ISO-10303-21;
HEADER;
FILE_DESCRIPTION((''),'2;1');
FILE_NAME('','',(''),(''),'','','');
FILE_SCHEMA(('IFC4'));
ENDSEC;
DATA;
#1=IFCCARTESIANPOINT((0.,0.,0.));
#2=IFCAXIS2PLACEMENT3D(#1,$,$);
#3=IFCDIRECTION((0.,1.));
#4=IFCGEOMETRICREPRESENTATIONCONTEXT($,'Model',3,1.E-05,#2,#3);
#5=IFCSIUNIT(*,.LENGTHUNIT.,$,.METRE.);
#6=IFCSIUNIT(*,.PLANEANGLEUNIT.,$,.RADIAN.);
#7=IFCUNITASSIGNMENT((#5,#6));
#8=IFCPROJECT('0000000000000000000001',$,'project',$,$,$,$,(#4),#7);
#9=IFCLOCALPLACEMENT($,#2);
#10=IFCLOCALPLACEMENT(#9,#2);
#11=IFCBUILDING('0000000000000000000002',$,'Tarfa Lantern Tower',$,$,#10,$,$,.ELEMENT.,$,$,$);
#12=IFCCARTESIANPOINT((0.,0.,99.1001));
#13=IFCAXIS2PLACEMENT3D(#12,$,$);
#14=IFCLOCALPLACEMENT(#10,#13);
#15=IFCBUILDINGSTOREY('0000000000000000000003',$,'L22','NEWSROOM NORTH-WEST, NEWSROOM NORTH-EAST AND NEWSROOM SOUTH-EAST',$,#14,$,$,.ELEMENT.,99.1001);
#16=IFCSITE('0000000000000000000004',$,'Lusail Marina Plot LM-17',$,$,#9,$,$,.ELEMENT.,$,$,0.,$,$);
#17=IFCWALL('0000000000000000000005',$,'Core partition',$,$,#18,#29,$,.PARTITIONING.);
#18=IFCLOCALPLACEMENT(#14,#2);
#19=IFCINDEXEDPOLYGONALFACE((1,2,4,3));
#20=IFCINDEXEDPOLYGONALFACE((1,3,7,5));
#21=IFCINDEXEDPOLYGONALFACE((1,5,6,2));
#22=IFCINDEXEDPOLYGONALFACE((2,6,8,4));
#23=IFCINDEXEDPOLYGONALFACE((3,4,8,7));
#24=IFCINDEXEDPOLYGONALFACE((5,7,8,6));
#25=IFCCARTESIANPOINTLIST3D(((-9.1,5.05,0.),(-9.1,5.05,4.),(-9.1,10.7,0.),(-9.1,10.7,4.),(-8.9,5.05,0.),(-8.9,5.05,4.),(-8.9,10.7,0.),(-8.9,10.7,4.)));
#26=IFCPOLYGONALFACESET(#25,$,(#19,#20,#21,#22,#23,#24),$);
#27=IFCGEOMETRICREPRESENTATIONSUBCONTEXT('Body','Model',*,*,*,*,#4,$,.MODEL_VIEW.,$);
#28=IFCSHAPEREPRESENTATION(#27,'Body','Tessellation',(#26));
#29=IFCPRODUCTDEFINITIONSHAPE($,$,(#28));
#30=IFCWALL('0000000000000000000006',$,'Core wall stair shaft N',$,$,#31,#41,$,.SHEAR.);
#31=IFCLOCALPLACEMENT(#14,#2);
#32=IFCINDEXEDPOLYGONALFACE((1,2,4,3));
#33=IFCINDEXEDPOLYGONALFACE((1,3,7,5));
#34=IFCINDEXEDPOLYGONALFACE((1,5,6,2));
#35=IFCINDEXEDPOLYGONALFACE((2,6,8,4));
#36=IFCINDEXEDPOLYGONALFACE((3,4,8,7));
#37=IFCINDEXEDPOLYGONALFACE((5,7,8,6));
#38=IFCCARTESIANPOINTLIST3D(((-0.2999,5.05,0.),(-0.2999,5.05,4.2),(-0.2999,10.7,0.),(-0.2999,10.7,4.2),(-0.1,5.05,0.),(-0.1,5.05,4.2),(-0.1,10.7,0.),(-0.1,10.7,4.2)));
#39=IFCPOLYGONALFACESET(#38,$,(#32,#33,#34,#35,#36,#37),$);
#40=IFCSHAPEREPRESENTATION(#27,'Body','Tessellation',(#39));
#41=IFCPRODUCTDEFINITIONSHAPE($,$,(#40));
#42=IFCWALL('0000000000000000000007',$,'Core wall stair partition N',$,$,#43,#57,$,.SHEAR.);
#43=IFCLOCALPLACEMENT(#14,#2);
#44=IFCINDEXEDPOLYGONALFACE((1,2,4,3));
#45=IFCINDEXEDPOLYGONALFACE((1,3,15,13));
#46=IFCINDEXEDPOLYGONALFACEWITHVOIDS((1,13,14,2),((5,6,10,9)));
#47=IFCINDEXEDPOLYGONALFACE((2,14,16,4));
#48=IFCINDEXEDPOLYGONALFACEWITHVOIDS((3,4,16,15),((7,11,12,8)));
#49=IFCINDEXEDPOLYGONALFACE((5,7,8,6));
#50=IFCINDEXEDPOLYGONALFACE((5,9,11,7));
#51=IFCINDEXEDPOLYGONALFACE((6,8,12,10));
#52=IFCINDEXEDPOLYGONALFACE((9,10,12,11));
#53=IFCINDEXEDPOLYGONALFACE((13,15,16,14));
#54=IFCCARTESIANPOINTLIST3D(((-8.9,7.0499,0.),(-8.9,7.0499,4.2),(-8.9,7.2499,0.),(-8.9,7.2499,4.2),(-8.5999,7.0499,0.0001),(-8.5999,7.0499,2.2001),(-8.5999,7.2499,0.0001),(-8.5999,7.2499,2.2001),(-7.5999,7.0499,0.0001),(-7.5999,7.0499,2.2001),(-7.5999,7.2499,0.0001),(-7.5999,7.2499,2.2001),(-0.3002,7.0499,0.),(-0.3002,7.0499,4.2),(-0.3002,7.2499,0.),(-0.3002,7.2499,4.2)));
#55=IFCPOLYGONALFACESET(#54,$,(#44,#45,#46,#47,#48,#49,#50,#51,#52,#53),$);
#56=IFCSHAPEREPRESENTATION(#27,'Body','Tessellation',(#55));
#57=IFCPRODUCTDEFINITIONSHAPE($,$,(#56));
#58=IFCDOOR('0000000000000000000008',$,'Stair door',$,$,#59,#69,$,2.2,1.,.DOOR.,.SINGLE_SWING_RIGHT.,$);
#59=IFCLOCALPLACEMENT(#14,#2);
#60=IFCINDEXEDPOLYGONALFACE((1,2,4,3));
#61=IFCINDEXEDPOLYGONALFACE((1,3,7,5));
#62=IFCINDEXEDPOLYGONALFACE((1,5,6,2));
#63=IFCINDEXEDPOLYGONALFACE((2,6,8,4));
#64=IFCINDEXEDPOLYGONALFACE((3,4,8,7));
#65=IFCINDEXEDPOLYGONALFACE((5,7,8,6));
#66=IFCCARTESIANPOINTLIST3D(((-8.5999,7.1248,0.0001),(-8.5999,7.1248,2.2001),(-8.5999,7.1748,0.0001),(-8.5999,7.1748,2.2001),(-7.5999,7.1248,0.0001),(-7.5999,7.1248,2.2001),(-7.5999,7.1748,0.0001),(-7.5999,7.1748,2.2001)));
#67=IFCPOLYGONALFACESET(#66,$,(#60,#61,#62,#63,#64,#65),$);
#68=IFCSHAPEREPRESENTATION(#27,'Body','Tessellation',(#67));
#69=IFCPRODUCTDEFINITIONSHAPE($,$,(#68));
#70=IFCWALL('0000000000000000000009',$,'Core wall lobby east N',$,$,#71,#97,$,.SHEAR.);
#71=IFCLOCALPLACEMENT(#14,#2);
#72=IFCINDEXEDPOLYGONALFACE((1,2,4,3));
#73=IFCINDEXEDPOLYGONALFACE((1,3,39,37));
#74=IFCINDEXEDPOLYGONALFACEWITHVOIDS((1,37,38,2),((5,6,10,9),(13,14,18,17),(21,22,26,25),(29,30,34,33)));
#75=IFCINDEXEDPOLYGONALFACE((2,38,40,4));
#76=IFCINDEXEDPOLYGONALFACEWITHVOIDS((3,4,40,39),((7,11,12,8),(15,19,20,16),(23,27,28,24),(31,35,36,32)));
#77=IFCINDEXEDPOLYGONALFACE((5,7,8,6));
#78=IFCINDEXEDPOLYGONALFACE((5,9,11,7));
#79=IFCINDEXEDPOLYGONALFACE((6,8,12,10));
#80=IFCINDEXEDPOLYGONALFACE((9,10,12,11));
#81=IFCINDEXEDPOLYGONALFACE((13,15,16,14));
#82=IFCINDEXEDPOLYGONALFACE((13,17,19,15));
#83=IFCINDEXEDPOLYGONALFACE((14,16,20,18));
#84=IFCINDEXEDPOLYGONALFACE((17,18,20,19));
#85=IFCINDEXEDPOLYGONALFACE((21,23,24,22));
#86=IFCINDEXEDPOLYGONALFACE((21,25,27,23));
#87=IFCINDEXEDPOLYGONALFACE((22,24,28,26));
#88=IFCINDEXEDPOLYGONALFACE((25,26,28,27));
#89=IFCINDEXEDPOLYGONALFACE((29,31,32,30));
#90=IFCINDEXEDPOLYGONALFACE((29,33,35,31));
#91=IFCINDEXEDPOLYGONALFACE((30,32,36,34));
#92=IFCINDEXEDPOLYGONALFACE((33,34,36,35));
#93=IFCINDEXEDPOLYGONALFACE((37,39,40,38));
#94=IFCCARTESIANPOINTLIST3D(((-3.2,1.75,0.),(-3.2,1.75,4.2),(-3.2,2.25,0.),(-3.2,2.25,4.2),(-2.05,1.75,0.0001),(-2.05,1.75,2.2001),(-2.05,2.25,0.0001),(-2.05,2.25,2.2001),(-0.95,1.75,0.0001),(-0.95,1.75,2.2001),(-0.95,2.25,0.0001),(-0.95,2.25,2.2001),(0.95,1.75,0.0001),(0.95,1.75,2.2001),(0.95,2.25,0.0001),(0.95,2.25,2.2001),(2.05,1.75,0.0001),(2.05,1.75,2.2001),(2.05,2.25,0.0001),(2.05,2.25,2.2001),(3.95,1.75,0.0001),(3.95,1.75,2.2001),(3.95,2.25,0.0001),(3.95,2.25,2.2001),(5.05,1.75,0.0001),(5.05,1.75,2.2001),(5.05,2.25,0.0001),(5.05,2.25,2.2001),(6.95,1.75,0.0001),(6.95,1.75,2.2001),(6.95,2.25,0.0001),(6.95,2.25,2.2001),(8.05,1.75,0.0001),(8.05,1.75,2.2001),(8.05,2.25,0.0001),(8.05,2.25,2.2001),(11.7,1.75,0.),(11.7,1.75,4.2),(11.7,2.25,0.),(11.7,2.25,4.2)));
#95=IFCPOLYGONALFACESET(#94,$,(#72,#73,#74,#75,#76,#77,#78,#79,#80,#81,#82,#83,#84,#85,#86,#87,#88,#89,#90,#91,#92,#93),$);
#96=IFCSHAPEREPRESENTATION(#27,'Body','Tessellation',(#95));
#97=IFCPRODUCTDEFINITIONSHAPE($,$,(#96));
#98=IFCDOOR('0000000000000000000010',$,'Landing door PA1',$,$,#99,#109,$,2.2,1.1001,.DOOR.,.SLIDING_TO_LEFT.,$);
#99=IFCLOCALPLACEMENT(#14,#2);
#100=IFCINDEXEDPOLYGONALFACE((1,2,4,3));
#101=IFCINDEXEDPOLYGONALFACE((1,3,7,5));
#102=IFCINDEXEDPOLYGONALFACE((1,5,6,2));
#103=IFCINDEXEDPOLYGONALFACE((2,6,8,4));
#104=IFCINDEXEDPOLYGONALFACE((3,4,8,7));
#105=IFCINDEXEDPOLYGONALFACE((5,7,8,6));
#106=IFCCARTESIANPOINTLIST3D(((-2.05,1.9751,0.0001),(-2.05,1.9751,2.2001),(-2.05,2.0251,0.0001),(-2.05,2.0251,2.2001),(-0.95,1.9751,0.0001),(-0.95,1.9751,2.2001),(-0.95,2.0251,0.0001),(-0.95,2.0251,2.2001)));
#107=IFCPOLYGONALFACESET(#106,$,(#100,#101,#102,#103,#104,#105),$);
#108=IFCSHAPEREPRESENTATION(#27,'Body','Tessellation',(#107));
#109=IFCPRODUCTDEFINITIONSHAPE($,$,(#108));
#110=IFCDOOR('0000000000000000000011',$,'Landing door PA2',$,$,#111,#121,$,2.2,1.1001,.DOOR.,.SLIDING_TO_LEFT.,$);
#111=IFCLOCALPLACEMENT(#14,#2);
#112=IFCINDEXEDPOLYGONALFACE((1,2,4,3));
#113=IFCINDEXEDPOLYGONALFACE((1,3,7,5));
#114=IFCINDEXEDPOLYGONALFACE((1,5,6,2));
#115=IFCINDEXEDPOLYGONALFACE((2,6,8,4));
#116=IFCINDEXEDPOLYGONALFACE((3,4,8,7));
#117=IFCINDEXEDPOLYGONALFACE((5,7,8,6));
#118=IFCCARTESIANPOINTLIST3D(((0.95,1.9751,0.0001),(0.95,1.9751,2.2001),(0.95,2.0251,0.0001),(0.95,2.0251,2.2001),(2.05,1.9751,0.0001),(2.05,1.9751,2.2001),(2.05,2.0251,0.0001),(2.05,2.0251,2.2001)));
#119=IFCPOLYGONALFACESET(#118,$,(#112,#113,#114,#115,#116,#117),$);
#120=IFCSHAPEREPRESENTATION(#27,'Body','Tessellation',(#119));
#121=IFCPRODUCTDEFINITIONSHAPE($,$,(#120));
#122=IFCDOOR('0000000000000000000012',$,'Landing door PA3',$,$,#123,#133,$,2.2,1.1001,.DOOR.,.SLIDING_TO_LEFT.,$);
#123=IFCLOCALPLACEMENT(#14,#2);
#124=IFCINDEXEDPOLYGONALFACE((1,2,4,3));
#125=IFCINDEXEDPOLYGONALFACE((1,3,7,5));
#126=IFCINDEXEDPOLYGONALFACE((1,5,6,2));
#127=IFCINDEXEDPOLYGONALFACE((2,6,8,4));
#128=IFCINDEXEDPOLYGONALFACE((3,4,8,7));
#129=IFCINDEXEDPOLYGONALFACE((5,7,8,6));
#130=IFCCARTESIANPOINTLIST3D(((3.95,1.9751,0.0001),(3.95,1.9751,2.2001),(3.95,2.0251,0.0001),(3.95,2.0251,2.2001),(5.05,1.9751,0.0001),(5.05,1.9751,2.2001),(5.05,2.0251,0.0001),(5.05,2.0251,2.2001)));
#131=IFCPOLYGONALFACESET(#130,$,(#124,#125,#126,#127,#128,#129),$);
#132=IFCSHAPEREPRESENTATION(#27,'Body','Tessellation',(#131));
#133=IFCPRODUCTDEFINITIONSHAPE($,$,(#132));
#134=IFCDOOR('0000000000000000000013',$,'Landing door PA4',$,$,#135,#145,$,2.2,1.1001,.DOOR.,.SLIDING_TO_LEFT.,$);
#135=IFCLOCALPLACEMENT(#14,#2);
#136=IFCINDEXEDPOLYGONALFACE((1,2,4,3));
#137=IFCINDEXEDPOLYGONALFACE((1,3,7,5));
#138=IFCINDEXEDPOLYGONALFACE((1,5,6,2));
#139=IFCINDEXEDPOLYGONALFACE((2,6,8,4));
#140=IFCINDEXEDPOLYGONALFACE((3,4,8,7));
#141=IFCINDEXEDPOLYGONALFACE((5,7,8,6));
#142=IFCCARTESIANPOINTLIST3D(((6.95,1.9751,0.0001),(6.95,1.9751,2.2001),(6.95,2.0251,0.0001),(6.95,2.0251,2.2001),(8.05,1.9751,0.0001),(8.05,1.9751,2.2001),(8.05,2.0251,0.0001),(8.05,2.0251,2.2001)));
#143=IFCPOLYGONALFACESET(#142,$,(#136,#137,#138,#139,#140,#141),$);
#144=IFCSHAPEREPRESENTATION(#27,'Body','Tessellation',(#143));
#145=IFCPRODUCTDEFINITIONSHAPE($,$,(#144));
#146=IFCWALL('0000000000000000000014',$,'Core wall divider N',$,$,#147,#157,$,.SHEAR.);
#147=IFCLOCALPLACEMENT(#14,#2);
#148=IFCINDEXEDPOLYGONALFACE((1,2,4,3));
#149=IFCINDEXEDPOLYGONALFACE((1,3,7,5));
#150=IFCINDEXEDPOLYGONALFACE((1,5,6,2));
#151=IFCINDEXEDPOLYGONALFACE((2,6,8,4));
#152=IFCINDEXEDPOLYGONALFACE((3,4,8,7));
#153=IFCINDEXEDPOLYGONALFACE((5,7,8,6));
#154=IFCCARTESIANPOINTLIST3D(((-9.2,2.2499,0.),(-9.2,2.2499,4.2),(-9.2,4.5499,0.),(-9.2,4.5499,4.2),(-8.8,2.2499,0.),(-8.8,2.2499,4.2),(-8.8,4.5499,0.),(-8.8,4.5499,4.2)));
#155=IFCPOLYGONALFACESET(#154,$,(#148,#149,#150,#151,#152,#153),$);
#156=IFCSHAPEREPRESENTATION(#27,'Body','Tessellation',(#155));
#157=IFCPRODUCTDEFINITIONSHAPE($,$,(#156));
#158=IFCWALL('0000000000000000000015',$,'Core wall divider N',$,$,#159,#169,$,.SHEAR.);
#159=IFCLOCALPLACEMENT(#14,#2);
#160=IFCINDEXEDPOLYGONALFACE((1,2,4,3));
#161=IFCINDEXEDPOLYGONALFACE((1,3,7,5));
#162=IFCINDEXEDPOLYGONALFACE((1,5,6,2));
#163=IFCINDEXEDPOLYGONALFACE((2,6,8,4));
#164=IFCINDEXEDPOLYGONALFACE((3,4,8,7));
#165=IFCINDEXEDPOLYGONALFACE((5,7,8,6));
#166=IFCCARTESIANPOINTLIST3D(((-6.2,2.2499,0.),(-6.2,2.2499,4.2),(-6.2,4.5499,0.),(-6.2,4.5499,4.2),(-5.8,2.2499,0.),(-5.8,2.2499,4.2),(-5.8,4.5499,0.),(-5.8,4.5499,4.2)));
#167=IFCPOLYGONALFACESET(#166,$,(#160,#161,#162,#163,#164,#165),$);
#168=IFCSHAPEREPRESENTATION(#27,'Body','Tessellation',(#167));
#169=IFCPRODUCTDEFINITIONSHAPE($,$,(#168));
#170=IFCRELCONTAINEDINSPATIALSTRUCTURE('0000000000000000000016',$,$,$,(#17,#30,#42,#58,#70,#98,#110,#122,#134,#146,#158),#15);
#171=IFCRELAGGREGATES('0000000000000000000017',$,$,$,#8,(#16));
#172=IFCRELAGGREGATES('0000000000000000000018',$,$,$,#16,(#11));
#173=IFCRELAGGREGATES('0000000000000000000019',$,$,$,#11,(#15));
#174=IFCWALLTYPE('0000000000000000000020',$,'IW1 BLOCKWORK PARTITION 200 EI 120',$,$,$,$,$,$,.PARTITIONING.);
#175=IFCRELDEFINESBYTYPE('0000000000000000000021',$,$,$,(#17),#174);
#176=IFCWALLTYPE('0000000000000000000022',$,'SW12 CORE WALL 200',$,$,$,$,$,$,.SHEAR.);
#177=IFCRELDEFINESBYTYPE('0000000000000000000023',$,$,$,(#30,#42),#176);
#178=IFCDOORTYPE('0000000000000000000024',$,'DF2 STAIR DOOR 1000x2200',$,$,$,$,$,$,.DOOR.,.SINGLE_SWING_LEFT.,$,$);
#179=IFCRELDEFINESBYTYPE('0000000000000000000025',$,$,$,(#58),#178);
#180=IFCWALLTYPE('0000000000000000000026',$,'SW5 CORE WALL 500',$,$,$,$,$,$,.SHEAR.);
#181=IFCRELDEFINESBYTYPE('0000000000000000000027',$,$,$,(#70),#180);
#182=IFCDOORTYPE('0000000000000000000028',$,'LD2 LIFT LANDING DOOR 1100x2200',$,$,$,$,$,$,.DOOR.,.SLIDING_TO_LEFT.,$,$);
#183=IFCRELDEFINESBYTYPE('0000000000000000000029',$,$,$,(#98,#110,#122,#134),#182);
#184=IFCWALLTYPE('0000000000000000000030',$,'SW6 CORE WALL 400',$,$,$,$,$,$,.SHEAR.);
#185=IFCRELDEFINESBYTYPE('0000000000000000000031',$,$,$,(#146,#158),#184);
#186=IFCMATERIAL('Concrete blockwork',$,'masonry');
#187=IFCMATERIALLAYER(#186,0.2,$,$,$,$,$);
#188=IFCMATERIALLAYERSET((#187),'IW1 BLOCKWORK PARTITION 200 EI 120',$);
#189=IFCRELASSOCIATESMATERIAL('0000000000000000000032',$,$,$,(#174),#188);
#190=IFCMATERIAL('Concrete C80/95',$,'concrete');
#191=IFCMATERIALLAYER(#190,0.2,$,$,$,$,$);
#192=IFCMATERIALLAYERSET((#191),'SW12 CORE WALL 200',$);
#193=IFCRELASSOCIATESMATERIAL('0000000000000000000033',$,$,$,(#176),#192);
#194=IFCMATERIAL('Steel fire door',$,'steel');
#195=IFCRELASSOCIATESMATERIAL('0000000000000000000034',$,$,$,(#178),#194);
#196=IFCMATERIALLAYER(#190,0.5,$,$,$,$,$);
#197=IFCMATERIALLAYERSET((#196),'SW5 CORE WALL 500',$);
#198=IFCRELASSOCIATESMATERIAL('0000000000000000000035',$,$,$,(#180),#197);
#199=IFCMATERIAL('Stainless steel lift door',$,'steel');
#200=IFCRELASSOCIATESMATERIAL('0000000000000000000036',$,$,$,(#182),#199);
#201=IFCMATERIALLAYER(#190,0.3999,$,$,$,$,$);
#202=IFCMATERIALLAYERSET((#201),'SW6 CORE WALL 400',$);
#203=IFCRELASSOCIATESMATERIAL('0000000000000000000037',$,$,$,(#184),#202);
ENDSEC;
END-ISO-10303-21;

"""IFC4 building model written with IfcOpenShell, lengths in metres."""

from ifc_helpers import new_model, si_unit, direction, frame, frame_2d, origin, place, context, subcontext, project, spatial, rectangle, extrude, material, layer, layer_set, type_object, element, fill, save


model = new_model("IFC4")

# Units and contexts
model_context = context("Model", 3, precision=1e-05, world=origin(), true_north=direction((0.0, 1.0)))
body_context = subcontext(model_context, "Body", "Model", "MODEL_VIEW")
ifc_project = project(units=[si_unit("LENGTHUNIT", "METRE"), si_unit("PLANEANGLEUNIT", "RADIAN")], contexts=[model_context])

# Site, building, storey
site_placement = place(None, origin())
site = spatial("IfcSite", under=ifc_project, at=site_placement, Name="Lusail Marina Plot LM-17", CompositionType="ELEMENT", RefElevation=0.0)
building_placement = place(site_placement, origin())
building = spatial("IfcBuilding", under=site, at=building_placement, Name="Tarfa Lantern Tower", CompositionType="ELEMENT")
storey_placement = place(building_placement, frame((0.0, 0.0, 99.1001)))
storey = spatial("IfcBuildingStorey", under=building, at=storey_placement, Name="L22", Description="NEWSROOM NORTH-WEST, NEWSROOM NORTH-EAST AND NEWSROOM SOUTH-EAST", CompositionType="ELEMENT", Elevation=99.1001)

# Walls
ifc_material_1 = material(Name="Concrete blockwork", Category="masonry")
ifc_layer_1 = layer(ifc_material_1, 0.2)
ifc_layer_set_1 = layer_set([ifc_layer_1], Name="IW1 BLOCKWORK PARTITION 200 EI 120")
wall_type_1 = type_object("IfcWallType", Name="IW1 BLOCKWORK PARTITION 200 EI 120", PredefinedType="PARTITIONING", material=ifc_layer_set_1)
wall_1_placement = place(storey_placement, frame((-9.0, 5.05, 0.0), z_axis=(0.0, 0.0, 1.0), x_axis=(0.0, 1.0, 0.0)))
element("IfcWall", 1, at=wall_1_placement, inside=storey, type_object=wall_type_1, Name="Core partition", PredefinedType="PARTITIONING", context=body_context, shape_type="SweptSolid", body=[
    extrude(rectangle(XDim=5.6499, YDim=0.2, at=frame_2d((2.825, 0.0))), origin(), (0.0, 0.0, 1.0), 4.0),
])
ifc_material_2 = material(Name="Concrete C80/95", Category="concrete")
ifc_layer_2 = layer(ifc_material_2, 0.2)
ifc_layer_set_2 = layer_set([ifc_layer_2], Name="SW12 CORE WALL 200")
wall_type_2 = type_object("IfcWallType", Name="SW12 CORE WALL 200", PredefinedType="SHEAR", material=ifc_layer_set_2)
wall_2_placement = place(storey_placement, frame((-0.2, 5.05, 0.0), z_axis=(0.0, 0.0, 1.0), x_axis=(0.0, 1.0, 0.0)))
element("IfcWall", 2, at=wall_2_placement, inside=storey, type_object=wall_type_2, Name="Core wall stair shaft N", PredefinedType="SHEAR", context=body_context, shape_type="SweptSolid", body=[
    extrude(rectangle(XDim=5.6499, YDim=0.2, at=frame_2d((2.825, 0.0))), origin(), (0.0, 0.0, 1.0), 4.2),
])

# Wall, opening, door
wall_3_placement = place(storey_placement, frame((-8.8999, 7.1499, 0.0), z_axis=(0.0, 0.0, 1.0), x_axis=(1.0, 0.0, 0.0)))
wall_3 = element("IfcWall", 3, at=wall_3_placement, inside=storey, type_object=wall_type_2, Name="Core wall stair partition N", PredefinedType="SHEAR", context=body_context, shape_type="SweptSolid", body=[
    extrude(rectangle(XDim=8.5999, YDim=0.2, at=frame_2d((4.2998, 0.0))), origin(), (0.0, 0.0, 1.0), 4.2),
])
opening_1_placement = place(wall_3_placement, frame((0.3, 0.0, 0.0)))
opening_1 = element("IfcOpeningElement", 4, at=opening_1_placement, cuts=wall_3, PredefinedType="OPENING", context=body_context, shape_type="SweptSolid", body=[
    extrude(rectangle(XDim=1.0, YDim=2.2, at=frame_2d((0.5, 1.1001))), frame((0.0, 0.1099, 0.0), z_axis=(0.0, -1.0, 0.0), x_axis=(1.0, 0.0, 0.0)), (0.0, 0.0, 1.0), 0.22),
])
ifc_material_3 = material(Name="Steel fire door", Category="steel")
door_type_1 = type_object("IfcDoorType", Name="DF2 STAIR DOOR 1000x2200", OperationType="SINGLE_SWING_LEFT", PredefinedType="DOOR", material=ifc_material_3)
door_1_placement = place(opening_1_placement, origin())
door_1 = element("IfcDoor", 5, at=door_1_placement, inside=storey, type_object=door_type_1, Name="Stair door", OperationType="SINGLE_SWING_RIGHT", OverallHeight=2.2, OverallWidth=1.0, PredefinedType="DOOR", context=body_context, shape_type="SweptSolid", body=[
    extrude(rectangle(XDim=1.0, YDim=2.2, at=frame_2d((0.5, 1.1001))), frame((0.0, 0.0249, 0.0), z_axis=(0.0, -1.0, 0.0), x_axis=(1.0, 0.0, 0.0)), (0.0, 0.0, 1.0), 0.05),
])
fill(opening_1, door_1)

# Wall, openings, doors
ifc_layer_3 = layer(ifc_material_2, 0.5)
ifc_layer_set_3 = layer_set([ifc_layer_3], Name="SW5 CORE WALL 500")
wall_type_3 = type_object("IfcWallType", Name="SW5 CORE WALL 500", PredefinedType="SHEAR", material=ifc_layer_set_3)
wall_4_placement = place(storey_placement, frame((-3.2, 2.0, 0.0), z_axis=(0.0, 0.0, 1.0), x_axis=(1.0, 0.0, 0.0)))
wall_4 = element("IfcWall", 6, at=wall_4_placement, inside=storey, type_object=wall_type_3, Name="Core wall lobby east N", PredefinedType="SHEAR", context=body_context, shape_type="SweptSolid", body=[
    extrude(rectangle(XDim=14.8999, YDim=0.5, at=frame_2d((7.45, 0.0))), origin(), (0.0, 0.0, 1.0), 4.2),
])
opening_2_placement = place(wall_4_placement, frame((1.1499, 0.0, 0.0)))
opening_2 = element("IfcOpeningElement", 7, at=opening_2_placement, cuts=wall_4, PredefinedType="OPENING", context=body_context, shape_type="SweptSolid", body=[
    extrude(rectangle(XDim=1.1001, YDim=2.2, at=frame_2d((0.55, 1.1001))), frame((0.0, 0.26, 0.0), z_axis=(0.0, -1.0, 0.0), x_axis=(1.0, 0.0, 0.0)), (0.0, 0.0, 1.0), 0.52),
])
opening_3_placement = place(wall_4_placement, frame((4.1499, 0.0, 0.0)))
opening_3 = element("IfcOpeningElement", 8, at=opening_3_placement, cuts=wall_4, PredefinedType="OPENING", context=body_context, shape_type="SweptSolid", body=[
    extrude(rectangle(XDim=1.1001, YDim=2.2, at=frame_2d((0.55, 1.1001))), frame((0.0, 0.26, 0.0), z_axis=(0.0, -1.0, 0.0), x_axis=(1.0, 0.0, 0.0)), (0.0, 0.0, 1.0), 0.52),
])
opening_4_placement = place(wall_4_placement, frame((7.1499, 0.0, 0.0)))
opening_4 = element("IfcOpeningElement", 9, at=opening_4_placement, cuts=wall_4, PredefinedType="OPENING", context=body_context, shape_type="SweptSolid", body=[
    extrude(rectangle(XDim=1.1001, YDim=2.2, at=frame_2d((0.55, 1.1001))), frame((0.0, 0.26, 0.0), z_axis=(0.0, -1.0, 0.0), x_axis=(1.0, 0.0, 0.0)), (0.0, 0.0, 1.0), 0.52),
])
opening_5_placement = place(wall_4_placement, frame((10.1499, 0.0, 0.0)))
opening_5 = element("IfcOpeningElement", 10, at=opening_5_placement, cuts=wall_4, PredefinedType="OPENING", context=body_context, shape_type="SweptSolid", body=[
    extrude(rectangle(XDim=1.1001, YDim=2.2, at=frame_2d((0.55, 1.1001))), frame((0.0, 0.26, 0.0), z_axis=(0.0, -1.0, 0.0), x_axis=(1.0, 0.0, 0.0)), (0.0, 0.0, 1.0), 0.52),
])
ifc_material_4 = material(Name="Stainless steel lift door", Category="steel")
door_type_2 = type_object("IfcDoorType", Name="LD2 LIFT LANDING DOOR 1100x2200", OperationType="SLIDING_TO_LEFT", PredefinedType="DOOR", material=ifc_material_4)
door_2_placement = place(opening_2_placement, frame((1.1001, 0.0, 0.0), z_axis=(0.0, 0.0, 1.0), x_axis=(-1.0, 0.0, 0.0)))
door_2 = element("IfcDoor", 11, at=door_2_placement, inside=storey, type_object=door_type_2, Name="Landing door PA1", OperationType="SLIDING_TO_LEFT", OverallHeight=2.2, OverallWidth=1.1001, PredefinedType="DOOR", context=body_context, shape_type="SweptSolid", body=[
    extrude(rectangle(XDim=1.1001, YDim=2.2, at=frame_2d((0.55, 1.1001))), frame((0.0, 0.0249, 0.0), z_axis=(0.0, -1.0, 0.0), x_axis=(1.0, 0.0, 0.0)), (0.0, 0.0, 1.0), 0.05),
])
fill(opening_2, door_2)
door_3_placement = place(opening_3_placement, frame((1.1001, 0.0, 0.0), z_axis=(0.0, 0.0, 1.0), x_axis=(-1.0, 0.0, 0.0)))
door_3 = element("IfcDoor", 12, at=door_3_placement, inside=storey, type_object=door_type_2, Name="Landing door PA2", OperationType="SLIDING_TO_LEFT", OverallHeight=2.2, OverallWidth=1.1001, PredefinedType="DOOR", context=body_context, shape_type="SweptSolid", body=[
    extrude(rectangle(XDim=1.1001, YDim=2.2, at=frame_2d((0.55, 1.1001))), frame((0.0, 0.0249, 0.0), z_axis=(0.0, -1.0, 0.0), x_axis=(1.0, 0.0, 0.0)), (0.0, 0.0, 1.0), 0.05),
])
fill(opening_3, door_3)
door_4_placement = place(opening_4_placement, frame((1.1001, 0.0, 0.0), z_axis=(0.0, 0.0, 1.0), x_axis=(-1.0, 0.0, 0.0)))
door_4 = element("IfcDoor", 13, at=door_4_placement, inside=storey, type_object=door_type_2, Name="Landing door PA3", OperationType="SLIDING_TO_LEFT", OverallHeight=2.2, OverallWidth=1.1001, PredefinedType="DOOR", context=body_context, shape_type="SweptSolid", body=[
    extrude(rectangle(XDim=1.1001, YDim=2.2, at=frame_2d((0.55, 1.1001))), frame((0.0, 0.0249, 0.0), z_axis=(0.0, -1.0, 0.0), x_axis=(1.0, 0.0, 0.0)), (0.0, 0.0, 1.0), 0.05),
])
fill(opening_4, door_4)
door_5_placement = place(opening_5_placement, frame((1.1001, 0.0, 0.0), z_axis=(0.0, 0.0, 1.0), x_axis=(-1.0, 0.0, 0.0)))
door_5 = element("IfcDoor", 14, at=door_5_placement, inside=storey, type_object=door_type_2, Name="Landing door PA4", OperationType="SLIDING_TO_LEFT", OverallHeight=2.2, OverallWidth=1.1001, PredefinedType="DOOR", context=body_context, shape_type="SweptSolid", body=[
    extrude(rectangle(XDim=1.1001, YDim=2.2, at=frame_2d((0.55, 1.1001))), frame((0.0, 0.0249, 0.0), z_axis=(0.0, -1.0, 0.0), x_axis=(1.0, 0.0, 0.0)), (0.0, 0.0, 1.0), 0.05),
])
fill(opening_5, door_5)

# Walls
ifc_layer_4 = layer(ifc_material_2, 0.3999)
ifc_layer_set_4 = layer_set([ifc_layer_4], Name="SW6 CORE WALL 400")
wall_type_4 = type_object("IfcWallType", Name="SW6 CORE WALL 400", PredefinedType="SHEAR", material=ifc_layer_set_4)
for number, where, z_axis, x_axis, name in (
    (15, (-9.0, 2.25, 0.0), (0.0, 0.0, 1.0), (0.0, 1.0, 0.0), "Core wall divider N"),
    (16, (-6.0, 2.25, 0.0), (0.0, 0.0, 1.0), (0.0, 1.0, 0.0), "Core wall divider N"),
):
    element("IfcWall", number, at=place(storey_placement, frame(where, z_axis=z_axis, x_axis=x_axis)), inside=storey, type_object=wall_type_4, Name=name, PredefinedType="SHEAR", context=body_context, shape_type="SweptSolid", body=[
        extrude(rectangle(XDim=2.3, YDim=0.3999, at=frame_2d((1.1499, 0.0))), origin(), (0.0, 0.0, 1.0), 4.2),
    ])

save(model, "model.ifc")
